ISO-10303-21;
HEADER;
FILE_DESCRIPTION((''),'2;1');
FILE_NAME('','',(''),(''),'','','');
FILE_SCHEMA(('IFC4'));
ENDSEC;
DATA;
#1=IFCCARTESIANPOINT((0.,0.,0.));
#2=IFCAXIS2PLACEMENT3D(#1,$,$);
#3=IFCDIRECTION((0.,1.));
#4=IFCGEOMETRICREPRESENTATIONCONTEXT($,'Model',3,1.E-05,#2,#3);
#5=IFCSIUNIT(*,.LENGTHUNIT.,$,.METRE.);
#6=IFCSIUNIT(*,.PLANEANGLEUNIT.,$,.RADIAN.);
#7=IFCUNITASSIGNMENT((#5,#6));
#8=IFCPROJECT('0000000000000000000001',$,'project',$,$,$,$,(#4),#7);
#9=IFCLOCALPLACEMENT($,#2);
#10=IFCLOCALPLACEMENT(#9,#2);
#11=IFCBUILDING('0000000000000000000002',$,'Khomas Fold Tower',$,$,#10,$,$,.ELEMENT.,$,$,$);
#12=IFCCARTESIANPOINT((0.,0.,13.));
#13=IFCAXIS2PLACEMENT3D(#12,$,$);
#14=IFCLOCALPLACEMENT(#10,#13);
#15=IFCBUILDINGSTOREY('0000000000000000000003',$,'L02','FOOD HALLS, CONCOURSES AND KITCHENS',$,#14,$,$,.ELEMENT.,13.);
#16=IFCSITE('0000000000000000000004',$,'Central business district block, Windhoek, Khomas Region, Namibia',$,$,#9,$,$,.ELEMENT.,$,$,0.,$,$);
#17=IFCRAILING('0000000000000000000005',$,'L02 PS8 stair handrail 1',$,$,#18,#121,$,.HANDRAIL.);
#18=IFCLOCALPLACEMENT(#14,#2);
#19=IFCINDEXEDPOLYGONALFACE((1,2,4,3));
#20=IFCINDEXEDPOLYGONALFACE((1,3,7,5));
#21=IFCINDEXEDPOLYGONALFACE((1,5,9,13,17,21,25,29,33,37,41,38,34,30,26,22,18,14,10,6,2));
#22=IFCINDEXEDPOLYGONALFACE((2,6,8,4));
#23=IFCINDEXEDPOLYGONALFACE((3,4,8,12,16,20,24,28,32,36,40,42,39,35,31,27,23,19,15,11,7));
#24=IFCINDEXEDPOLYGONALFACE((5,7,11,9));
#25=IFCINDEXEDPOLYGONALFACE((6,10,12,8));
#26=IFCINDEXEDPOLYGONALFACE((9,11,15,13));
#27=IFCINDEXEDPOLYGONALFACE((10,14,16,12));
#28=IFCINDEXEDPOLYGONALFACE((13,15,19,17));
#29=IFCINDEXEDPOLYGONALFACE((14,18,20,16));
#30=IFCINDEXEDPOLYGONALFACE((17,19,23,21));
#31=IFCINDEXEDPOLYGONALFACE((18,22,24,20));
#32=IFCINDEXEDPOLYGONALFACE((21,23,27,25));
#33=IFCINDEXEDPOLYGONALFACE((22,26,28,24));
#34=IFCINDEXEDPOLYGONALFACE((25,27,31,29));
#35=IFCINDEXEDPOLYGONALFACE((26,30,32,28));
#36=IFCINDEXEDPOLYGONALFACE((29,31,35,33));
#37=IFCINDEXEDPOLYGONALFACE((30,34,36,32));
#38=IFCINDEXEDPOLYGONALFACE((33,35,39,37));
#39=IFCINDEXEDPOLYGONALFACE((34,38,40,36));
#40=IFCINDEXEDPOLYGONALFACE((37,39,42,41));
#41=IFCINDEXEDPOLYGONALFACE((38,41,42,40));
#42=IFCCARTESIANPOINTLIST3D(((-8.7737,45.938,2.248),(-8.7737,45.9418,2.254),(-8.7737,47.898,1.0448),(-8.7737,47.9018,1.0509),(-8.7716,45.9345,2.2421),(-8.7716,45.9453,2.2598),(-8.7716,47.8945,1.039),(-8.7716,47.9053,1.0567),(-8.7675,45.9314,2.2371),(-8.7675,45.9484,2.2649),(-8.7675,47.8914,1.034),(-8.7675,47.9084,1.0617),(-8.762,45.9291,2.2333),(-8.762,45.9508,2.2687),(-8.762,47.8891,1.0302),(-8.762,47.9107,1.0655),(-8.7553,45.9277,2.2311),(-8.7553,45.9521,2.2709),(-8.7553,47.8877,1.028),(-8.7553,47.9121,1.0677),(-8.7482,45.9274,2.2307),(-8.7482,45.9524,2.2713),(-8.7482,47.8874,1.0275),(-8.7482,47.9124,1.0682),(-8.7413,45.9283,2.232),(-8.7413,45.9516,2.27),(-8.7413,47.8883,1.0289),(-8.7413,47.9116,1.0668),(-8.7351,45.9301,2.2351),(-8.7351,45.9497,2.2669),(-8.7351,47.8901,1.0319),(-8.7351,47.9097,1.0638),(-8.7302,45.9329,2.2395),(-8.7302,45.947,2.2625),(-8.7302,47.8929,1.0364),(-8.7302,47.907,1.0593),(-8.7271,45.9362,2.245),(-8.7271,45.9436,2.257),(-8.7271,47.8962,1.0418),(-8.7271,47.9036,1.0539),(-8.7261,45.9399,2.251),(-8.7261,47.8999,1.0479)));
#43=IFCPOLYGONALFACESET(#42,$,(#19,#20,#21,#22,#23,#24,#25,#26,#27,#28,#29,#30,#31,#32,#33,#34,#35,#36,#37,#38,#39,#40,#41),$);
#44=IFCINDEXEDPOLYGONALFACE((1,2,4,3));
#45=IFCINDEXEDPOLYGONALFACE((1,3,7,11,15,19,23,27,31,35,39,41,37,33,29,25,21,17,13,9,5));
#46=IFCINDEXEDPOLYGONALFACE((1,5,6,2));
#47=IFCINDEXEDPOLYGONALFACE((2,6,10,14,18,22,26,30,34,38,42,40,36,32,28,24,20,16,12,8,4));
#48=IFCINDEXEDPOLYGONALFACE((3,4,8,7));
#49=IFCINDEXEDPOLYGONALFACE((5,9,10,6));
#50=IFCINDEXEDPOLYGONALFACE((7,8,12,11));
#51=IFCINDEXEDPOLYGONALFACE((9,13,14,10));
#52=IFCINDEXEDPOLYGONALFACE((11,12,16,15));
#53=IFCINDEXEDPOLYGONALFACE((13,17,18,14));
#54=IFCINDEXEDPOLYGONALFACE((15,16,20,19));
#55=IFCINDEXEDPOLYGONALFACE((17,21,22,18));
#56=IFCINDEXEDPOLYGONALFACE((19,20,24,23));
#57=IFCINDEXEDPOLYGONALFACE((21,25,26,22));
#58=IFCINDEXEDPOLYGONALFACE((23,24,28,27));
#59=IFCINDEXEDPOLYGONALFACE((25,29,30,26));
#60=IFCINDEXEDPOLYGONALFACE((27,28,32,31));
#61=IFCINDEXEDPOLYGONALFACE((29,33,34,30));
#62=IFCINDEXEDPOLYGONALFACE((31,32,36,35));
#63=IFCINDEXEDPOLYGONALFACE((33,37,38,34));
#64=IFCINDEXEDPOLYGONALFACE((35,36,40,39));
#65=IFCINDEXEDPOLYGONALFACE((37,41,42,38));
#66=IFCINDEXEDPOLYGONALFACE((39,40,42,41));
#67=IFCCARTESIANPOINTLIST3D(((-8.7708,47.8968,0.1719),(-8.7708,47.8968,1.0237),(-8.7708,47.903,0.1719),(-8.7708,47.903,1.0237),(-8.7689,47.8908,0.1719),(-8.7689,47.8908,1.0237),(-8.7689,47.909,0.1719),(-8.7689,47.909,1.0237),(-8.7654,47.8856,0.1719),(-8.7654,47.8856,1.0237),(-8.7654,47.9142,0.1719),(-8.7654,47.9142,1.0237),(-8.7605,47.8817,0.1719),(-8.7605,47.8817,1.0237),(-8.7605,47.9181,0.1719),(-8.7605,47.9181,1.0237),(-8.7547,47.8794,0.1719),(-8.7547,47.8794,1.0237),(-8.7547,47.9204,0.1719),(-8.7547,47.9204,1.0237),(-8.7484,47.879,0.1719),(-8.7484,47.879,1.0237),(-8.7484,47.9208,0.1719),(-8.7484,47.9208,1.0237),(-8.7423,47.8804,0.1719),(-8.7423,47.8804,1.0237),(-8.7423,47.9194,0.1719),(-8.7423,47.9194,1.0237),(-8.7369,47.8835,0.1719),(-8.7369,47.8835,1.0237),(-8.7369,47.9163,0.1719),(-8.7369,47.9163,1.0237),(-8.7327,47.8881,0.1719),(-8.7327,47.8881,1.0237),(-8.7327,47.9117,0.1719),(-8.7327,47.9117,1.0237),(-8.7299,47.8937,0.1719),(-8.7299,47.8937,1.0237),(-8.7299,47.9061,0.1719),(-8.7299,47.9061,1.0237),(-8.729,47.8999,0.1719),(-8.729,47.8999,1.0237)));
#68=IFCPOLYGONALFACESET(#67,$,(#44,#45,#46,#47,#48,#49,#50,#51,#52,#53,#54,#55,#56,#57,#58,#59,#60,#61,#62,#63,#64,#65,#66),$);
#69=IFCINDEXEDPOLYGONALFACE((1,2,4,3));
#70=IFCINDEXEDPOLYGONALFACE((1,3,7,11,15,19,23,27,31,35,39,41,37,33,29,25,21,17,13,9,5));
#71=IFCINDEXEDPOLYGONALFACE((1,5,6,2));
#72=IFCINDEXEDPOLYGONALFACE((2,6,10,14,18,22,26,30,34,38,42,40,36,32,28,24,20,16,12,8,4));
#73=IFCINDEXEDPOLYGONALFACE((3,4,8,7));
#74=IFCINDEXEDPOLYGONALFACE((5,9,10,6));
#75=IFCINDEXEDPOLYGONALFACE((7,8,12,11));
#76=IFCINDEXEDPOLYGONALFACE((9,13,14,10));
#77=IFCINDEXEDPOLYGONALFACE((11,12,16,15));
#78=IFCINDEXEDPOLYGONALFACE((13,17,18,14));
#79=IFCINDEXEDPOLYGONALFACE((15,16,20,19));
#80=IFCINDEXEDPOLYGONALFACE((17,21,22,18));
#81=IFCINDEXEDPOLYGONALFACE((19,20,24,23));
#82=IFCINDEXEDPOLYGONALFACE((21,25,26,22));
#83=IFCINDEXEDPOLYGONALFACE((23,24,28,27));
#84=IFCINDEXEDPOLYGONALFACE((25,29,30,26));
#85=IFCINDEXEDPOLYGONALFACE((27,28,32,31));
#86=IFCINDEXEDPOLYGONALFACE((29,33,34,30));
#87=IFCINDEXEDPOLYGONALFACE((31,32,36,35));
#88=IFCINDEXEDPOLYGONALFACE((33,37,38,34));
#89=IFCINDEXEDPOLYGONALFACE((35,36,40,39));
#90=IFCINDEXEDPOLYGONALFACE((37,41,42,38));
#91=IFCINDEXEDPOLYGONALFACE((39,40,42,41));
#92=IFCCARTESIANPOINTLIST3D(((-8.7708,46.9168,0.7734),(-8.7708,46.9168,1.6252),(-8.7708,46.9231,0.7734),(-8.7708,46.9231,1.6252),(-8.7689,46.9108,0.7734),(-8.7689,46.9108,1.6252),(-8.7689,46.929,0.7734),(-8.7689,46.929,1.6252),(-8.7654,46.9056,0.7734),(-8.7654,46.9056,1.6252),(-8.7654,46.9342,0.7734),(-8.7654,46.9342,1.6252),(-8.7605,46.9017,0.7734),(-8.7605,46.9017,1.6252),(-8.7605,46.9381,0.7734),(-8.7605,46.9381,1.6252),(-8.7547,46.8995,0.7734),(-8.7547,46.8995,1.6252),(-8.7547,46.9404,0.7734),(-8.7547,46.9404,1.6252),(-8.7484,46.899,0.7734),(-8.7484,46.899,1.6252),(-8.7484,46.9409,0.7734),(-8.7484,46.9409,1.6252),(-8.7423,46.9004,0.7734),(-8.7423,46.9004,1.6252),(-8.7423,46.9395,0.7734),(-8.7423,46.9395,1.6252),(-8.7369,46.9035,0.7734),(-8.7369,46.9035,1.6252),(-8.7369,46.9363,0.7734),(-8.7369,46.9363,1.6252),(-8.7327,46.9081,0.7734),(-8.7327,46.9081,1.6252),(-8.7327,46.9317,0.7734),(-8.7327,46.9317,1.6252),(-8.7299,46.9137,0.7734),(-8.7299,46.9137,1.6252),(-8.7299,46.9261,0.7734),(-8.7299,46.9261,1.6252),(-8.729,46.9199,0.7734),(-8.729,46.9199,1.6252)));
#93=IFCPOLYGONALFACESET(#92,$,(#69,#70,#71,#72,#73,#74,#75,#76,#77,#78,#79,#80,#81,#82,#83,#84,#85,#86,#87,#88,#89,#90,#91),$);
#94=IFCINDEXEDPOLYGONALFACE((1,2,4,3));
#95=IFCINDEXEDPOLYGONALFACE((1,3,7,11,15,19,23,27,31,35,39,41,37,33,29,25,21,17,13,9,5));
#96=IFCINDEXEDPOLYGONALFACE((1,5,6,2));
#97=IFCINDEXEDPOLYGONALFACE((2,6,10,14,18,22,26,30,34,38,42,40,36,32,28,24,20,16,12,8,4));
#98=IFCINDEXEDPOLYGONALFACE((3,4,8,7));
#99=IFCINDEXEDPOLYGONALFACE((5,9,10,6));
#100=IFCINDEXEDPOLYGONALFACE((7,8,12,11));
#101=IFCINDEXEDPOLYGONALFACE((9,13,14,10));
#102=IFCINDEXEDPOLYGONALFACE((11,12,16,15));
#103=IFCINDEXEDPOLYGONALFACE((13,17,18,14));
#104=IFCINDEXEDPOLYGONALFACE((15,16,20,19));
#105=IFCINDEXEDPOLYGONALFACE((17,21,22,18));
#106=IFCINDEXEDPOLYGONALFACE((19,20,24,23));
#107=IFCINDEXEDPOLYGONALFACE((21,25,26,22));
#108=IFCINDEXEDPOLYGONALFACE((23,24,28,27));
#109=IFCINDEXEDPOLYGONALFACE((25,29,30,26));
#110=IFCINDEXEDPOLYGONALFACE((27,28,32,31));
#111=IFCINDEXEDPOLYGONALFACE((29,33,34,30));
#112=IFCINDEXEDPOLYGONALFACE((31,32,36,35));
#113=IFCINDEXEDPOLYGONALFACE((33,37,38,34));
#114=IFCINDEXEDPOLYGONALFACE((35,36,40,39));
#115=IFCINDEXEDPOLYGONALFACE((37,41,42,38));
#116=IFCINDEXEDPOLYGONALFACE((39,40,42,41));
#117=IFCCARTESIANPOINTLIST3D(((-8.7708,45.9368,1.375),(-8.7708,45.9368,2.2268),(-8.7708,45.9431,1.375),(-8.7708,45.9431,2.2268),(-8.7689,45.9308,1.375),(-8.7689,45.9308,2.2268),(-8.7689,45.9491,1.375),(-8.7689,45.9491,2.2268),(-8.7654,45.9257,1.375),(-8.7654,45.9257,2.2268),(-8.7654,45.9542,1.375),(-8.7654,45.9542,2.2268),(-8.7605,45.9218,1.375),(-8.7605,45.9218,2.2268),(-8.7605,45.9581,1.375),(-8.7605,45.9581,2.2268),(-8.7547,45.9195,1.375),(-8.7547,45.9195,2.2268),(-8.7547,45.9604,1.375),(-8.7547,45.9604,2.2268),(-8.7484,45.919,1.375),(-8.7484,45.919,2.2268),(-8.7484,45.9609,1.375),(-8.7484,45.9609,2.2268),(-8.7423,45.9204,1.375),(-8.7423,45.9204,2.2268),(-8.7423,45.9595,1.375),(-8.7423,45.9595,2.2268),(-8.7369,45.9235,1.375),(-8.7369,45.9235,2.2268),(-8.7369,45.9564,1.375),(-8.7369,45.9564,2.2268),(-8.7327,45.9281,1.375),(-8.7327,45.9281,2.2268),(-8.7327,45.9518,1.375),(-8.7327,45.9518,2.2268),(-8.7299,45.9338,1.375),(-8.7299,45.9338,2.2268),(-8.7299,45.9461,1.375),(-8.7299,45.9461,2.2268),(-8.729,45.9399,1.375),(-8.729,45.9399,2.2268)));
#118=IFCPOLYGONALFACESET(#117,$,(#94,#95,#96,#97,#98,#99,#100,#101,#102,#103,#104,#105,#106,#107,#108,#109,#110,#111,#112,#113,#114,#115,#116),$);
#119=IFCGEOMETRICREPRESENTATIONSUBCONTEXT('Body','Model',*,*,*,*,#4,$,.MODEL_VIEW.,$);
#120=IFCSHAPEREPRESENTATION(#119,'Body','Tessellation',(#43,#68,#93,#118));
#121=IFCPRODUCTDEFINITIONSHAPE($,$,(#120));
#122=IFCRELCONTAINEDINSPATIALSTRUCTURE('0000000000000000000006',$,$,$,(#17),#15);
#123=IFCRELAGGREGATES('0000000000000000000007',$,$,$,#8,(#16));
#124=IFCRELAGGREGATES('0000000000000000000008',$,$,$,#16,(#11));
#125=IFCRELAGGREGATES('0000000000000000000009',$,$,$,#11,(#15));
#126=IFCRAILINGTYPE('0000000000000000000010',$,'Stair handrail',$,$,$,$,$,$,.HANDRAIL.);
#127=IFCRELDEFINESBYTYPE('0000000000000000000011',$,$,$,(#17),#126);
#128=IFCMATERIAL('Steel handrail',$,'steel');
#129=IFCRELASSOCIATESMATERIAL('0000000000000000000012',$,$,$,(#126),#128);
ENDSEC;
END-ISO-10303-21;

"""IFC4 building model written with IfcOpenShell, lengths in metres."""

from ifc_helpers import new_model, si_unit, direction, frame, origin, origin_2d, place, context, subcontext, project, spatial, circle, extrude, source, transform, mapped, material, type_object, element, save


model = new_model("IFC4")

# Units and contexts
model_context = context("Model", 3, precision=1e-05, world=origin(), true_north=direction((0.0, 1.0)))
body_context = subcontext(model_context, "Body", "Model", "MODEL_VIEW")
ifc_project = project(units=[si_unit("LENGTHUNIT", "METRE"), si_unit("PLANEANGLEUNIT", "RADIAN")], contexts=[model_context])

# Site, building, storey
site_placement = place(None, origin())
site = spatial("IfcSite", under=ifc_project, at=site_placement, Name="Central business district block, Windhoek, Khomas Region, Namibia", CompositionType="ELEMENT", RefElevation=0.0)
building_placement = place(site_placement, origin())
building = spatial("IfcBuilding", under=site, at=building_placement, Name="Khomas Fold Tower", CompositionType="ELEMENT")
storey_placement = place(building_placement, frame((0.0, 0.0, 13.0)))
storey = spatial("IfcBuildingStorey", under=building, at=storey_placement, Name="L02", Description="FOOD HALLS, CONCOURSES AND KITCHENS", CompositionType="ELEMENT", Elevation=13.0)

# Railing
ifc_material_1 = material(Name="Steel handrail", Category="steel")
railing_type_1 = type_object("IfcRailingType", Name="Stair handrail", PredefinedType="HANDRAIL", material=ifc_material_1)
shared_shape_1 = source(origin(), body_context, "Body", "SweptSolid", [
    extrude(circle(Radius=0.0239, at=origin_2d()), frame((0.0, 0.0, 0.876), z_axis=(0.0, -0.852241, 0.523149), x_axis=(1.0, 0.0, 0.0)), (0.0, 0.0, 1.0), 2.2998),
    extrude(circle(Radius=0.021, at=origin_2d()), origin(), (0.0, 0.0, 1.0), 0.8518),
    extrude(circle(Radius=0.021, at=origin_2d()), frame((0.0, -0.98, 0.6016)), (0.0, 0.0, 1.0), 0.8518),
    extrude(circle(Radius=0.021, at=origin_2d()), frame((0.0, -1.96, 1.2031)), (0.0, 0.0, 1.0), 0.8518),
])
for number, where, name in (
    (1, (-8.75, 47.8999, 0.1719), "L02 PS8 stair handrail 1"),
):
    element("IfcRailing", number, at=place(storey_placement, frame(where)), inside=storey, type_object=railing_type_1, Name=name, PredefinedType="HANDRAIL", context=body_context, shape_type="MappedRepresentation", body=[
        mapped(shared_shape_1, transform((0.0, 0.0, 0.0))),
    ])

save(model, "model.ifc")
